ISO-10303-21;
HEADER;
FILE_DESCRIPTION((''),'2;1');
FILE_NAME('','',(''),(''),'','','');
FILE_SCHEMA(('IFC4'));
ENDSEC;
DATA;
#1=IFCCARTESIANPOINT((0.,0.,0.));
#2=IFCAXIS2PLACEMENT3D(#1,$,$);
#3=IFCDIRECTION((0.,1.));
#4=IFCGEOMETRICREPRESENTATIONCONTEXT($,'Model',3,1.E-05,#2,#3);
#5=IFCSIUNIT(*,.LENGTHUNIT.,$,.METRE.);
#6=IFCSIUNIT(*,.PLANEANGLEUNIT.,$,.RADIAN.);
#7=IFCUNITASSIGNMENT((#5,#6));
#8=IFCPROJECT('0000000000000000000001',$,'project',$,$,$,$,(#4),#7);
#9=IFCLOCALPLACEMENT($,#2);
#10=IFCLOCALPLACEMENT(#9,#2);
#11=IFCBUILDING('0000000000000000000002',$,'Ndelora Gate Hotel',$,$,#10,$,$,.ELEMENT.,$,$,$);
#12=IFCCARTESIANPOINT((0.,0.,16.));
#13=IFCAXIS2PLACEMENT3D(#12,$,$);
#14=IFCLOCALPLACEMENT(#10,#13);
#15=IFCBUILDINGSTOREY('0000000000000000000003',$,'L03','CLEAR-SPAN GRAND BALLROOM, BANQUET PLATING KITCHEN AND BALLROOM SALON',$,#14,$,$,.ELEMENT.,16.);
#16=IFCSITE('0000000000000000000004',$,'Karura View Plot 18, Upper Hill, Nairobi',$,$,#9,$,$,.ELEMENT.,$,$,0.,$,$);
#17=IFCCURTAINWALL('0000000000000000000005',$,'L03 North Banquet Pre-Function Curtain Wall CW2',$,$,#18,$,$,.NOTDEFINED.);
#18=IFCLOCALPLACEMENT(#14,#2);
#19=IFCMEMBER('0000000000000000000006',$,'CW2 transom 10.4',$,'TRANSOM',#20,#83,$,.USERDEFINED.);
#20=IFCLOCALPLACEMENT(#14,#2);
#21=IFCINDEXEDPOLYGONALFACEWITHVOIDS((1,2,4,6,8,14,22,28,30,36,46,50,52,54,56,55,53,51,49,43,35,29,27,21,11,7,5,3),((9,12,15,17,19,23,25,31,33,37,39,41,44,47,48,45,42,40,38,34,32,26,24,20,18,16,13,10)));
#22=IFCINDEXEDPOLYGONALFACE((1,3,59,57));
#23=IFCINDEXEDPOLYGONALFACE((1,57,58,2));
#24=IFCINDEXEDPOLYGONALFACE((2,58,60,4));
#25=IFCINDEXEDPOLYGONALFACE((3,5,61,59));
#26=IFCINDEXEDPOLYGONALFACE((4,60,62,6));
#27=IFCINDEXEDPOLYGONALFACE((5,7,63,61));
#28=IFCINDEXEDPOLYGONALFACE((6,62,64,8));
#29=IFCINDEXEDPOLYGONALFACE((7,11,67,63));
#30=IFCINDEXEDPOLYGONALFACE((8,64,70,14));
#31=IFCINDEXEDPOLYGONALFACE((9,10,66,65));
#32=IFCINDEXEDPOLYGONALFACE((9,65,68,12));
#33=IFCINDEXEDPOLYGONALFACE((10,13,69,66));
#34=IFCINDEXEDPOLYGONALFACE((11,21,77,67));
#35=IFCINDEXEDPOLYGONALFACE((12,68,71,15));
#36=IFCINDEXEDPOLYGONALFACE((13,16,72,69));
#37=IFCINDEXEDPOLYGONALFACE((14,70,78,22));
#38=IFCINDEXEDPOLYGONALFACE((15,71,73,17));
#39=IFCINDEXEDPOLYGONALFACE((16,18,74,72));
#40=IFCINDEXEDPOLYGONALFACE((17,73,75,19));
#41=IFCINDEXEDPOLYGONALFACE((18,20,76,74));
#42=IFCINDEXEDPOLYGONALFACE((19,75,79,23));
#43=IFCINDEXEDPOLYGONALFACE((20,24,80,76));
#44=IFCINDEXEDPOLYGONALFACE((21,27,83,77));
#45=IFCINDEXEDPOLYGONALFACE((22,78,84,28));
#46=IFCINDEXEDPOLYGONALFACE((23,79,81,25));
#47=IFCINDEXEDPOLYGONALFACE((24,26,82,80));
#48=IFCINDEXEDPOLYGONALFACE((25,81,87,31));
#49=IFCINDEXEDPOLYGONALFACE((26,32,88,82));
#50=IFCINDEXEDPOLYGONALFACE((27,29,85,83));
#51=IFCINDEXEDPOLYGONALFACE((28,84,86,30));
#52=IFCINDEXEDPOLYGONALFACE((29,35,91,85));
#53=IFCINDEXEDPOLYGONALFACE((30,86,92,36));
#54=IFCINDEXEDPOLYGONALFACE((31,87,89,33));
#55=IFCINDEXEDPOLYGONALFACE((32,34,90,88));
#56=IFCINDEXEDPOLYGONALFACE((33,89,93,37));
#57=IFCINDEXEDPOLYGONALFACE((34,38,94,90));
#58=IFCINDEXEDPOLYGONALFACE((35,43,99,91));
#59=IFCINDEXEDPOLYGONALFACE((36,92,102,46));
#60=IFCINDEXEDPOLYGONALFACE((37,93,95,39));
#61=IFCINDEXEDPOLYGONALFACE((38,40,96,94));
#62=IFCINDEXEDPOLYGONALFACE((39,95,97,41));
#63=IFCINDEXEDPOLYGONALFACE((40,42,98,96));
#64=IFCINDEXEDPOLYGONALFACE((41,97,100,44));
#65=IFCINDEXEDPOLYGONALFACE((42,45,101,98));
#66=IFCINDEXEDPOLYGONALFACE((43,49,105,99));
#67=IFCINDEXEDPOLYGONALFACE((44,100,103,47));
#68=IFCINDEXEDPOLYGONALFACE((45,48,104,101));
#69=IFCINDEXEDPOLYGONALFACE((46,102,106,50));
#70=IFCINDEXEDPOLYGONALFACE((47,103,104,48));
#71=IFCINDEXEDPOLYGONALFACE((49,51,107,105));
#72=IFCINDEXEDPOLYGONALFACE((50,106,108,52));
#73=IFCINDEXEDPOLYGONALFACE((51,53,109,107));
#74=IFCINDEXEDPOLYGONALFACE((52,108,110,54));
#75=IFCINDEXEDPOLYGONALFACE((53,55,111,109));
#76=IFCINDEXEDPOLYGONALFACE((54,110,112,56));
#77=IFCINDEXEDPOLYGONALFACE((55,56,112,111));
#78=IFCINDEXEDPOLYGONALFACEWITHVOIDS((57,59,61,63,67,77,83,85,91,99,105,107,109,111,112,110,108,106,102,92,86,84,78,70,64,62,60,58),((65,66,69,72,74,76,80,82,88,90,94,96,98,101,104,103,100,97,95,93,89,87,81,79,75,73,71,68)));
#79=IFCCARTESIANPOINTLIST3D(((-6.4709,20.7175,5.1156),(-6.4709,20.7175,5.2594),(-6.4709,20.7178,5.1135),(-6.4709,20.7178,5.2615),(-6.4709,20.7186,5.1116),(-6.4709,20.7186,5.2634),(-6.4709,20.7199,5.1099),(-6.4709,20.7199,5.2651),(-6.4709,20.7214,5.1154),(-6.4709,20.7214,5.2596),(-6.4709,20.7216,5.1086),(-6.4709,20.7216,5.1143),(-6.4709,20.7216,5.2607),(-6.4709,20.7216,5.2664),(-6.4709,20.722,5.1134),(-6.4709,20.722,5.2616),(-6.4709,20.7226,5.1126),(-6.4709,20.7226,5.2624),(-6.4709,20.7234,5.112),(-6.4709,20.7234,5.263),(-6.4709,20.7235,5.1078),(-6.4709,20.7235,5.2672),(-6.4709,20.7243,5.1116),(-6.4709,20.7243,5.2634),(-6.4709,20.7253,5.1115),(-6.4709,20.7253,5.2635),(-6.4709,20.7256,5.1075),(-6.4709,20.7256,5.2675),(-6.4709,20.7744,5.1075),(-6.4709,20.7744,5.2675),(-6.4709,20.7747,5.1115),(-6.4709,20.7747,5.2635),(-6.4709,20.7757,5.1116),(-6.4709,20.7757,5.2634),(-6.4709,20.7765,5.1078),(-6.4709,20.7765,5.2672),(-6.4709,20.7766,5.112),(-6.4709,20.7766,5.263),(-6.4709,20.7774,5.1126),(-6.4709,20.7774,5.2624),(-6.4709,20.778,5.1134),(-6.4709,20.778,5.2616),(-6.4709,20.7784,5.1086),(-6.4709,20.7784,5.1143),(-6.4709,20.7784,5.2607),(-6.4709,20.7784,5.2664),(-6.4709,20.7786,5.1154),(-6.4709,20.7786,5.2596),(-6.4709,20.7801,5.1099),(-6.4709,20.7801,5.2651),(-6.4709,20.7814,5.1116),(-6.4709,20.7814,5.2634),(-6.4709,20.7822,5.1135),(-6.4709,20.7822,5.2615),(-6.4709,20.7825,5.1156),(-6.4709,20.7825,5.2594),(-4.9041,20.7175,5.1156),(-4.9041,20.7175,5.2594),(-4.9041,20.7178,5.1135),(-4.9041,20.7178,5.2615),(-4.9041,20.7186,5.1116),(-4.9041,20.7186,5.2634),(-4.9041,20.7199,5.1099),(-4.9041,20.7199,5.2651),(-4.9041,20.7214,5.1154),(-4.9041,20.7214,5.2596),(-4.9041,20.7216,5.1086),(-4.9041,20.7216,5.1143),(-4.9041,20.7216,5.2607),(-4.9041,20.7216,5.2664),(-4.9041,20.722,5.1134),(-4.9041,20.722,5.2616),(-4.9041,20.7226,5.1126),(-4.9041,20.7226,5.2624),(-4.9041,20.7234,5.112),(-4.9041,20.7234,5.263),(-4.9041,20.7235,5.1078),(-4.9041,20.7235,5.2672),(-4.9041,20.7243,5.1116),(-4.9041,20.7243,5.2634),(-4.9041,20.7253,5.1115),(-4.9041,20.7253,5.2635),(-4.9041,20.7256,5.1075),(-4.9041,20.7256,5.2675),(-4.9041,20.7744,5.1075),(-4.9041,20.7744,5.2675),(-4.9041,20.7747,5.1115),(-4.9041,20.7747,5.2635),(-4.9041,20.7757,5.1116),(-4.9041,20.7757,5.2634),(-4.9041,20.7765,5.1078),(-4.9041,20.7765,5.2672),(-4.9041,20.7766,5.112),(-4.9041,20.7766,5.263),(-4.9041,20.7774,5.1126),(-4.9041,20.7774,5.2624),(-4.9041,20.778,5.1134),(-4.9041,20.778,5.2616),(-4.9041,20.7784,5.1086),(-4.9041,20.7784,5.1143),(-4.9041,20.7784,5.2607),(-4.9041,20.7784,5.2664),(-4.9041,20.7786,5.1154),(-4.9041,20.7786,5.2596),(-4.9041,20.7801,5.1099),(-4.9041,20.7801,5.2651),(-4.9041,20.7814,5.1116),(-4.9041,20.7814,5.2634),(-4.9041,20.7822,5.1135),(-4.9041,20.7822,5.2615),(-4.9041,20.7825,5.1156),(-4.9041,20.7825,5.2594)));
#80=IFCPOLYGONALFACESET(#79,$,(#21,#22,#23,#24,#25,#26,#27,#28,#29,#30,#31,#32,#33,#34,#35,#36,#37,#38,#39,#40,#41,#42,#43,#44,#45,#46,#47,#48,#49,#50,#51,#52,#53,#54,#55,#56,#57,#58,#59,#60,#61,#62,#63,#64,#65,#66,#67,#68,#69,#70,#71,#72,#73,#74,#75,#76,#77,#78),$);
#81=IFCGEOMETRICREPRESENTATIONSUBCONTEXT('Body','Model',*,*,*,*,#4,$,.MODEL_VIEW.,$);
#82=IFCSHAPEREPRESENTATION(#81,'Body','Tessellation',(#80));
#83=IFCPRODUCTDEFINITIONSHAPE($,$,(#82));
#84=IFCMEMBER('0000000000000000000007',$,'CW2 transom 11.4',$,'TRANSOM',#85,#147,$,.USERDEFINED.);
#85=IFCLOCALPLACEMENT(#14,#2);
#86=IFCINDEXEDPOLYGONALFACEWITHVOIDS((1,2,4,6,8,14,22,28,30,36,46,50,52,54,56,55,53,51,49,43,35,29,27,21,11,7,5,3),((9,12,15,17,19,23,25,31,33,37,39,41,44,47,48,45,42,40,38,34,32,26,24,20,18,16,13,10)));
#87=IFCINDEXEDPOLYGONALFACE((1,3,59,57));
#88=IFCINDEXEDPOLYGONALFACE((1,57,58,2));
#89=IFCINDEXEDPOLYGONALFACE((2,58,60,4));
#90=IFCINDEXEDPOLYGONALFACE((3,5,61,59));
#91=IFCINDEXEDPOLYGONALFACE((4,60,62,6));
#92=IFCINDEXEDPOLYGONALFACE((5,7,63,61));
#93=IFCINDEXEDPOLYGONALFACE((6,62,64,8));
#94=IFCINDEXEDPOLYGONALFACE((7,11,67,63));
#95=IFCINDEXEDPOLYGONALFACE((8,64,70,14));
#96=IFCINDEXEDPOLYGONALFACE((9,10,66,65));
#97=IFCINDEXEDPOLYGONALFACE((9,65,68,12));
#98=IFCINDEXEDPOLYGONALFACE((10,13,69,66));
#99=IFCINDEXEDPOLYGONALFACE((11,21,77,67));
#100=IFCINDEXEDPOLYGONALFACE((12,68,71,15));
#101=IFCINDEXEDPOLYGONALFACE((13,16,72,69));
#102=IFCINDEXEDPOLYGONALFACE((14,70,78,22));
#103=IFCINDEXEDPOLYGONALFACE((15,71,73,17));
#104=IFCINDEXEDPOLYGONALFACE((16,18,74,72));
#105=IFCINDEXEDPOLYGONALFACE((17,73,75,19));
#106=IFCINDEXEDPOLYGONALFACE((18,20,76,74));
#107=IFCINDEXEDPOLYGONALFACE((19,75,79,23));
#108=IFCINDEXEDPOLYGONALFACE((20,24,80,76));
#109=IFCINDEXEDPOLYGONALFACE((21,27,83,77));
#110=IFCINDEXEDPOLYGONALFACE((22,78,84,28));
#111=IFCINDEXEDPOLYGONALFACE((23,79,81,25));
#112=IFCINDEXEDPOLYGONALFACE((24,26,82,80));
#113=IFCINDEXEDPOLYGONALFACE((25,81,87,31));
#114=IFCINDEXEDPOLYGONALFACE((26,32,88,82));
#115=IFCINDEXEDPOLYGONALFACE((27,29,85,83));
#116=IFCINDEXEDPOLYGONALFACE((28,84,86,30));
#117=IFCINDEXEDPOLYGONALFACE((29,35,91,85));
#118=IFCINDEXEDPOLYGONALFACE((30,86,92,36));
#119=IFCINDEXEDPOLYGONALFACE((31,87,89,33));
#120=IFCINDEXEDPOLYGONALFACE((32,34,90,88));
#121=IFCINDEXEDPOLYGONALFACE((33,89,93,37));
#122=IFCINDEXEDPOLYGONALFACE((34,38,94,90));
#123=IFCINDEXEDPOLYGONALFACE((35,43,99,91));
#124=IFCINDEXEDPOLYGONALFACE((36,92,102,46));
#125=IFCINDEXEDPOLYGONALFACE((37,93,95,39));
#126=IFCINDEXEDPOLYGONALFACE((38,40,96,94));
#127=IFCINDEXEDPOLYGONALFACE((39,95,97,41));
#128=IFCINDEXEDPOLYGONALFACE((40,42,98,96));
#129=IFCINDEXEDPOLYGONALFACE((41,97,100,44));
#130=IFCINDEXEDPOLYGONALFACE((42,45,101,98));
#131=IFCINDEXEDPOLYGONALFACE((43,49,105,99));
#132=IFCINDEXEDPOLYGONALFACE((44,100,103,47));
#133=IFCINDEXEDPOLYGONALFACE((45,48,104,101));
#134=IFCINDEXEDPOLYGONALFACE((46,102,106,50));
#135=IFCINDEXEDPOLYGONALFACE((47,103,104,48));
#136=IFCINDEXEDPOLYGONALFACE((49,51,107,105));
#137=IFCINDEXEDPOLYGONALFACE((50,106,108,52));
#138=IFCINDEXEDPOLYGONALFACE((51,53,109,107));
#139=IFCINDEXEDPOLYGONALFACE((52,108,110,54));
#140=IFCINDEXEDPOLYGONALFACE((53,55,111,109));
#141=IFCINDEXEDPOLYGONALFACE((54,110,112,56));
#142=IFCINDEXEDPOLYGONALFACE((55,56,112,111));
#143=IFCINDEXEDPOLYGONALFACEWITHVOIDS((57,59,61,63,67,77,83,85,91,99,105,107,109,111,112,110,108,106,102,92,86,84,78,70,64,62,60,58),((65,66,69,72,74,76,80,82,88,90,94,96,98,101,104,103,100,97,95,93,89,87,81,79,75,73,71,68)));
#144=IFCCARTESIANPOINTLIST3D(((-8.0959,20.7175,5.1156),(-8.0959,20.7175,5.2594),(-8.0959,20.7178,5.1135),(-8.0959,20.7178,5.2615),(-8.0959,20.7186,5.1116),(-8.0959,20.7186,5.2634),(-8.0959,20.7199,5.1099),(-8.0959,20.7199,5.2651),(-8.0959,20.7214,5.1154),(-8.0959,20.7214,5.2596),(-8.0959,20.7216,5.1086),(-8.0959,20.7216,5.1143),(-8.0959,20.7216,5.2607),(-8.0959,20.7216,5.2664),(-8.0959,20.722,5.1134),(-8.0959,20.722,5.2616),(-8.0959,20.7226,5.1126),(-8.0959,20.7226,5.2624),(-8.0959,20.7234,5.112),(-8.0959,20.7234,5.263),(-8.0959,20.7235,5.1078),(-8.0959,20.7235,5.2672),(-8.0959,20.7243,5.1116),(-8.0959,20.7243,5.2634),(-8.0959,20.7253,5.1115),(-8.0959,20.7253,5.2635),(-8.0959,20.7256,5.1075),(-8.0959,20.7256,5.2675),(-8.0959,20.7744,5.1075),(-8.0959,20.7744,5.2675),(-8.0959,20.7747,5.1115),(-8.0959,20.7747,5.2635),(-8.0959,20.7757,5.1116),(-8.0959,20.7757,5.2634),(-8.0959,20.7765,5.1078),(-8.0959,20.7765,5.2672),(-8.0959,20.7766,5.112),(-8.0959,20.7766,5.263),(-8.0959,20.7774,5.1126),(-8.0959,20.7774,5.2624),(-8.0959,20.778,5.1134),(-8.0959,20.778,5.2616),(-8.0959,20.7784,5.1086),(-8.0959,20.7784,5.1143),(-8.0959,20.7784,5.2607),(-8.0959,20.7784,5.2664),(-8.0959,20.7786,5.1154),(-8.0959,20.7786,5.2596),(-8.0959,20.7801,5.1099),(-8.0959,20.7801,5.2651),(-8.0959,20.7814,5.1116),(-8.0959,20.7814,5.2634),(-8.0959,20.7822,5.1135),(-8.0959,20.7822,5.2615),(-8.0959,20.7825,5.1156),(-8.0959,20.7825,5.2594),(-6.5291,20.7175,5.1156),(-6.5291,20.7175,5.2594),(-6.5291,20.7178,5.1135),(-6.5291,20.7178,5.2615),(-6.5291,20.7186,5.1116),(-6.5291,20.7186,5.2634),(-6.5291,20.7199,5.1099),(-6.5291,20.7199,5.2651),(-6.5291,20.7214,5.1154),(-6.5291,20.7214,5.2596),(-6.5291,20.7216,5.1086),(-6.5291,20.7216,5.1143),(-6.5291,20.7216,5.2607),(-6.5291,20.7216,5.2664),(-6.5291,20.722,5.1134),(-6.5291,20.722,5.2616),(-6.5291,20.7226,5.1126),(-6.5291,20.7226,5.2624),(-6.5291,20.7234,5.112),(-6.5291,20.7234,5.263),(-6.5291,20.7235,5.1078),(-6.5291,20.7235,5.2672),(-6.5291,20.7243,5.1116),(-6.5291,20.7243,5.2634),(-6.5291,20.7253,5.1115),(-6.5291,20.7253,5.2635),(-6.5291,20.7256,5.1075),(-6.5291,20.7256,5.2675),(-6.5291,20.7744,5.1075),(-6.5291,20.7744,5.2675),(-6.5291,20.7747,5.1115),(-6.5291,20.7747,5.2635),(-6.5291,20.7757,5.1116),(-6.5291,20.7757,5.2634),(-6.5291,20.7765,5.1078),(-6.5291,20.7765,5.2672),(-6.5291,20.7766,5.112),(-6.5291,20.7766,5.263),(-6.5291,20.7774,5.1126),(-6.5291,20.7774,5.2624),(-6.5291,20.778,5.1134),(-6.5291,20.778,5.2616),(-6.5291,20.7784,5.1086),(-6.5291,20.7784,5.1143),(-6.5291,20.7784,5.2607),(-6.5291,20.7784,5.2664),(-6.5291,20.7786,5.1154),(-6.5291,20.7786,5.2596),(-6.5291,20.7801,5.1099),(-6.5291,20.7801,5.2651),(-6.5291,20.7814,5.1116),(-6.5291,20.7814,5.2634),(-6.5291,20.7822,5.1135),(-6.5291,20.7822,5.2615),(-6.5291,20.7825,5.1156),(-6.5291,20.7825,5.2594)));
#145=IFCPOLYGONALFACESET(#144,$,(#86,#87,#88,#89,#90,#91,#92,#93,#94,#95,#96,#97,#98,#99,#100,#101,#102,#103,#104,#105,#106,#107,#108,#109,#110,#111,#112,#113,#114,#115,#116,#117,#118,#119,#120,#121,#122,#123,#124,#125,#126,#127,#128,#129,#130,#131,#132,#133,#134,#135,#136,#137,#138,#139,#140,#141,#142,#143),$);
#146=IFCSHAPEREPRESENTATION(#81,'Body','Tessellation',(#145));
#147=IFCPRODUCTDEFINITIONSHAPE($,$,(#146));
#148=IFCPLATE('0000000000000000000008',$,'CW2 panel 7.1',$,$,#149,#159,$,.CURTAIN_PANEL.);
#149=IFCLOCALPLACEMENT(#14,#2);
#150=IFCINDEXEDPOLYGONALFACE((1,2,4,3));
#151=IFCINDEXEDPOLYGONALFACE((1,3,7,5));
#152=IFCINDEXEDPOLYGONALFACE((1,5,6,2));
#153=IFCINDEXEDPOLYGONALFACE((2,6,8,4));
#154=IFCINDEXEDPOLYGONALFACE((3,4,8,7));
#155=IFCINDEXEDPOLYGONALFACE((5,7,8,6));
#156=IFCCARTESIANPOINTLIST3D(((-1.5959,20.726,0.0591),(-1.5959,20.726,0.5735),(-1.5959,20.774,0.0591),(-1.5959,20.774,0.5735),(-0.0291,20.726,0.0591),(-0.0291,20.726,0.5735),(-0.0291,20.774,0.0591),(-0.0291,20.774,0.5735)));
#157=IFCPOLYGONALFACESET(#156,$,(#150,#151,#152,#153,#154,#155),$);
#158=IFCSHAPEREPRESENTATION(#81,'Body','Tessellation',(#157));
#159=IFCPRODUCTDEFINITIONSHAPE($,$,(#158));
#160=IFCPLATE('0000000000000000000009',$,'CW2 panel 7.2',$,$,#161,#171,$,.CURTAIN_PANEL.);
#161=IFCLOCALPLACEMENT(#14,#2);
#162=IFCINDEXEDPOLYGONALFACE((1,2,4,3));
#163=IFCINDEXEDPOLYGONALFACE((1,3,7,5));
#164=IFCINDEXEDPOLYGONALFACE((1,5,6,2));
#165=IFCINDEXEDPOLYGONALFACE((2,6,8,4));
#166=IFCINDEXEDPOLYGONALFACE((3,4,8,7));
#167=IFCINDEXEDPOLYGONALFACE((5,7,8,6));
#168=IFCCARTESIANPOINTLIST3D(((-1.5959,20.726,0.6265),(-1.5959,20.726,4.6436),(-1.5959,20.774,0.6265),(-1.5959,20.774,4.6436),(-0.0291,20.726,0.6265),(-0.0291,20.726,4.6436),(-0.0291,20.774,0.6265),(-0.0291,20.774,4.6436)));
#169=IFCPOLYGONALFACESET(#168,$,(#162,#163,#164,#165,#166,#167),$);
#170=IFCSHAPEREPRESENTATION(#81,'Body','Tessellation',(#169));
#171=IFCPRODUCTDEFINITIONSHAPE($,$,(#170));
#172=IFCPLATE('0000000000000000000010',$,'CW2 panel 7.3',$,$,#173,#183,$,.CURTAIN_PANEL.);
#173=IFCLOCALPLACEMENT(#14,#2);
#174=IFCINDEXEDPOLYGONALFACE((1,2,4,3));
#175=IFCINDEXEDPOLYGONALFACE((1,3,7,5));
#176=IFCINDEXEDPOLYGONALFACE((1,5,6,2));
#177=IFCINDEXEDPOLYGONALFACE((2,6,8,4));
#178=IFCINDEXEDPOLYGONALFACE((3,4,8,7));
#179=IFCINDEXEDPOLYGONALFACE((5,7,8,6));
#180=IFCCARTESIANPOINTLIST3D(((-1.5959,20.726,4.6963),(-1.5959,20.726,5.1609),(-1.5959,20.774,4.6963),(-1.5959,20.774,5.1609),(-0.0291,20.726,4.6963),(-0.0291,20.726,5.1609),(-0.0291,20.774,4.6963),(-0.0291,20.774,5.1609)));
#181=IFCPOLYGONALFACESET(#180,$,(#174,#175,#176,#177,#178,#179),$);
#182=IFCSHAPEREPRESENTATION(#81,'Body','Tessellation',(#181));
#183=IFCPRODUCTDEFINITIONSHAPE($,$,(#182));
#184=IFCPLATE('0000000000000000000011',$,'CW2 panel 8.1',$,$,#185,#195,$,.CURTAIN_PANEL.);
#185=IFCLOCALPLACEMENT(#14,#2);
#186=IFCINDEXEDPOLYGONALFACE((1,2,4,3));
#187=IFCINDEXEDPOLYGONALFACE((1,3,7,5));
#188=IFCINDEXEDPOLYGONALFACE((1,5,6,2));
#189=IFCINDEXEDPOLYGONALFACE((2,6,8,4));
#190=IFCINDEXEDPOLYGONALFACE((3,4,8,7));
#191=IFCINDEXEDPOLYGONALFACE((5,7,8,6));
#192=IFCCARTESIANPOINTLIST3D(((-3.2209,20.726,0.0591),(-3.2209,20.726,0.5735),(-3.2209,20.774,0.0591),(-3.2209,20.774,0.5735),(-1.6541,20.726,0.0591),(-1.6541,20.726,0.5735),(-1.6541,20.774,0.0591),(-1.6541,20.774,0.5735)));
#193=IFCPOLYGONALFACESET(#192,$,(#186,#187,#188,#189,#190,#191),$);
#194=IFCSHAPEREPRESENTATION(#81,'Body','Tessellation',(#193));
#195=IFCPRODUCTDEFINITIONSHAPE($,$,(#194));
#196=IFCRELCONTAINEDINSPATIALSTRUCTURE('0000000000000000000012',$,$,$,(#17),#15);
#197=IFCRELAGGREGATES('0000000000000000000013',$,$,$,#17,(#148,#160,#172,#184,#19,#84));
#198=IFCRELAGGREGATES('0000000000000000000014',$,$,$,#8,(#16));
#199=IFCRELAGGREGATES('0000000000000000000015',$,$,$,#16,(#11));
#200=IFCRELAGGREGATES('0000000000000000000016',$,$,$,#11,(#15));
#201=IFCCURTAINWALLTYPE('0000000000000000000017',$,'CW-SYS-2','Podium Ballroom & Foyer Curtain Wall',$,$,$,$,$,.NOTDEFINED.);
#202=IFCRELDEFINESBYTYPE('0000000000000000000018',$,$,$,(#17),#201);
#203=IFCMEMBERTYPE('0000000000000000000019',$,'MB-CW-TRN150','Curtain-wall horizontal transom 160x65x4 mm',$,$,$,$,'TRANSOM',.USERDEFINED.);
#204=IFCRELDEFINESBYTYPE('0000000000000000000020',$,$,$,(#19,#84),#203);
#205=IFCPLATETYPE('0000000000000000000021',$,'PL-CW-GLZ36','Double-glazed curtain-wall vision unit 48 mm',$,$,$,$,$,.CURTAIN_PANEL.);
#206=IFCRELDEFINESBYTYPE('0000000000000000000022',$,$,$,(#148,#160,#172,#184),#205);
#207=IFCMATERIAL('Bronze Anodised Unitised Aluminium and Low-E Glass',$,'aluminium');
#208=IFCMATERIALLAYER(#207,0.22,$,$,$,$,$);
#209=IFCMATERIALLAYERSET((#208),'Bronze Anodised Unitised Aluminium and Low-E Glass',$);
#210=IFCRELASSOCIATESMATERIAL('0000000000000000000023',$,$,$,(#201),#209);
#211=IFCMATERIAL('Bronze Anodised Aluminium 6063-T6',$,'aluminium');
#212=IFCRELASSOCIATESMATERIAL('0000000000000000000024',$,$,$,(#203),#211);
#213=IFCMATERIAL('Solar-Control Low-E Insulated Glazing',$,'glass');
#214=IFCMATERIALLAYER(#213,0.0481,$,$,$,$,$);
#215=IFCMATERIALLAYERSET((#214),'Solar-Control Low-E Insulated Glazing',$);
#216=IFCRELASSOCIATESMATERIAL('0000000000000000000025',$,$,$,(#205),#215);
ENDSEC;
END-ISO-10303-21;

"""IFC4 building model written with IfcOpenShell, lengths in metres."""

from ifc_helpers import new_model, si_unit, direction, frame, origin, origin_2d, place, context, subcontext, project, spatial, rectangle, hollow_rectangle, extrude, material, layer, layer_set, material_profile, profile_set, type_object, element, aggregate, save


model = new_model("IFC4")

# Units and contexts
model_context = context("Model", 3, precision=1e-05, world=origin(), true_north=direction((0.0, 1.0)))
body_context = subcontext(model_context, "Body", "Model", "MODEL_VIEW")
ifc_project = project(units=[si_unit("LENGTHUNIT", "METRE"), si_unit("PLANEANGLEUNIT", "RADIAN")], contexts=[model_context])

# Site, building, storey
site_placement = place(None, origin())
site = spatial("IfcSite", under=ifc_project, at=site_placement, Name="Karura View Plot 18, Upper Hill, Nairobi", CompositionType="ELEMENT", RefElevation=0.0)
building_placement = place(site_placement, origin())
building = spatial("IfcBuilding", under=site, at=building_placement, Name="Ndelora Gate Hotel", CompositionType="ELEMENT")
storey_placement = place(building_placement, frame((0.0, 0.0, 16.0)))
storey = spatial("IfcBuildingStorey", under=building, at=storey_placement, Name="L03", Description="CLEAR-SPAN GRAND BALLROOM, BANQUET PLATING KITCHEN AND BALLROOM SALON", CompositionType="ELEMENT", Elevation=16.0)

# Curtain wall, members, plates
ifc_material_1 = material(Name="Bronze Anodised Unitised Aluminium and Low-E Glass", Category="aluminium")
ifc_layer_1 = layer(ifc_material_1, 0.22)
ifc_layer_set_1 = layer_set([ifc_layer_1], Name="Bronze Anodised Unitised Aluminium and Low-E Glass")
curtain_wall_type = type_object("IfcCurtainWallType", Name="CW-SYS-2", Description="Podium Ballroom & Foyer Curtain Wall", PredefinedType="NOTDEFINED", material=ifc_layer_set_1)
curtain_wall_placement = place(storey_placement, origin())
curtain_wall = element("IfcCurtainWall", 1, at=curtain_wall_placement, inside=storey, type_object=curtain_wall_type, Name="L03 North Banquet Pre-Function Curtain Wall CW2", PredefinedType="NOTDEFINED")
ifc_material_2 = material(Name="Bronze Anodised Aluminium 6063-T6", Category="aluminium")
ifc_material_profile_1 = material_profile(ifc_material_2, hollow_rectangle(XDim=0.0649, YDim=0.1599, WallThickness=0.0039, InnerFilletRadius=0.0039, OuterFilletRadius=0.0081, at=origin_2d()), Name="ALU 160x65x4")
ifc_profile_set_1 = profile_set([ifc_material_profile_1], Name="Bronze Anodised Aluminium 6063-T6")
member_type_1 = type_object("IfcMemberType", Name="MB-CW-TRN150", Description="Curtain-wall horizontal transom 160x65x4 mm", ElementType="TRANSOM", PredefinedType="USERDEFINED", material=ifc_profile_set_1)
member_1_placement = place(storey_placement, frame((-4.9041, 20.75, 5.1875), z_axis=(-1.0, 0.0, 0.0), x_axis=(0.0, -1.0, 0.0)))
member_1 = element("IfcMember", 2, at=member_1_placement, type_object=member_type_1, Name="CW2 transom 10.4", ObjectType="TRANSOM", PredefinedType="USERDEFINED", context=body_context, shape_type="SweptSolid", body=[
    extrude(hollow_rectangle(XDim=0.0649, YDim=0.1599, WallThickness=0.0039, InnerFilletRadius=0.0039, OuterFilletRadius=0.0081, at=origin_2d()), origin(), (0.0, 0.0, 1.0), 1.5669),
])
member_2_placement = place(storey_placement, frame((-6.5291, 20.75, 5.1875), z_axis=(-1.0, 0.0, 0.0), x_axis=(0.0, -1.0, 0.0)))
member_2 = element("IfcMember", 3, at=member_2_placement, type_object=member_type_1, Name="CW2 transom 11.4", ObjectType="TRANSOM", PredefinedType="USERDEFINED", context=body_context, shape_type="SweptSolid", body=[
    extrude(hollow_rectangle(XDim=0.0649, YDim=0.1599, WallThickness=0.0039, InnerFilletRadius=0.0039, OuterFilletRadius=0.0081, at=origin_2d()), origin(), (0.0, 0.0, 1.0), 1.5669),
])
ifc_material_3 = material(Name="Solar-Control Low-E Insulated Glazing", Category="glass")
ifc_layer_2 = layer(ifc_material_3, 0.0481)
ifc_layer_set_2 = layer_set([ifc_layer_2], Name="Solar-Control Low-E Insulated Glazing")
plate_type = type_object("IfcPlateType", Name="PL-CW-GLZ36", Description="Double-glazed curtain-wall vision unit 48 mm", PredefinedType="CURTAIN_PANEL", material=ifc_layer_set_2)
plate_1_placement = place(storey_placement, frame((-0.8125, 20.75, 0.0591), z_axis=(0.0, 0.0, 1.0), x_axis=(-1.0, 0.0, 0.0)))
plate_1 = element("IfcPlate", 4, at=plate_1_placement, type_object=plate_type, Name="CW2 panel 7.1", PredefinedType="CURTAIN_PANEL", context=body_context, shape_type="SweptSolid", body=[
    extrude(rectangle(XDim=1.5669, YDim=0.0481, at=origin_2d()), origin(), (0.0, 0.0, 1.0), 0.5144),
])
plate_2_placement = place(storey_placement, frame((-0.8125, 20.75, 0.6265), z_axis=(0.0, 0.0, 1.0), x_axis=(-1.0, 0.0, 0.0)))
plate_2 = element("IfcPlate", 5, at=plate_2_placement, type_object=plate_type, Name="CW2 panel 7.2", PredefinedType="CURTAIN_PANEL", context=body_context, shape_type="SweptSolid", body=[
    extrude(rectangle(XDim=1.5669, YDim=0.0481, at=origin_2d()), origin(), (0.0, 0.0, 1.0), 4.0171),
])
plate_3_placement = place(storey_placement, frame((-0.8125, 20.75, 4.6963), z_axis=(0.0, 0.0, 1.0), x_axis=(-1.0, 0.0, 0.0)))
plate_3 = element("IfcPlate", 6, at=plate_3_placement, type_object=plate_type, Name="CW2 panel 7.3", PredefinedType="CURTAIN_PANEL", context=body_context, shape_type="SweptSolid", body=[
    extrude(rectangle(XDim=1.5669, YDim=0.0481, at=origin_2d()), origin(), (0.0, 0.0, 1.0), 0.4646),
])
plate_4_placement = place(storey_placement, frame((-2.4375, 20.75, 0.0591), z_axis=(0.0, 0.0, 1.0), x_axis=(-1.0, 0.0, 0.0)))
plate_4 = element("IfcPlate", 7, at=plate_4_placement, type_object=plate_type, Name="CW2 panel 8.1", PredefinedType="CURTAIN_PANEL", context=body_context, shape_type="SweptSolid", body=[
    extrude(rectangle(XDim=1.5669, YDim=0.0481, at=origin_2d()), origin(), (0.0, 0.0, 1.0), 0.5144),
])
aggregate(curtain_wall, [plate_1, plate_2, plate_3, plate_4, member_1, member_2])

save(model, "model.ifc")
